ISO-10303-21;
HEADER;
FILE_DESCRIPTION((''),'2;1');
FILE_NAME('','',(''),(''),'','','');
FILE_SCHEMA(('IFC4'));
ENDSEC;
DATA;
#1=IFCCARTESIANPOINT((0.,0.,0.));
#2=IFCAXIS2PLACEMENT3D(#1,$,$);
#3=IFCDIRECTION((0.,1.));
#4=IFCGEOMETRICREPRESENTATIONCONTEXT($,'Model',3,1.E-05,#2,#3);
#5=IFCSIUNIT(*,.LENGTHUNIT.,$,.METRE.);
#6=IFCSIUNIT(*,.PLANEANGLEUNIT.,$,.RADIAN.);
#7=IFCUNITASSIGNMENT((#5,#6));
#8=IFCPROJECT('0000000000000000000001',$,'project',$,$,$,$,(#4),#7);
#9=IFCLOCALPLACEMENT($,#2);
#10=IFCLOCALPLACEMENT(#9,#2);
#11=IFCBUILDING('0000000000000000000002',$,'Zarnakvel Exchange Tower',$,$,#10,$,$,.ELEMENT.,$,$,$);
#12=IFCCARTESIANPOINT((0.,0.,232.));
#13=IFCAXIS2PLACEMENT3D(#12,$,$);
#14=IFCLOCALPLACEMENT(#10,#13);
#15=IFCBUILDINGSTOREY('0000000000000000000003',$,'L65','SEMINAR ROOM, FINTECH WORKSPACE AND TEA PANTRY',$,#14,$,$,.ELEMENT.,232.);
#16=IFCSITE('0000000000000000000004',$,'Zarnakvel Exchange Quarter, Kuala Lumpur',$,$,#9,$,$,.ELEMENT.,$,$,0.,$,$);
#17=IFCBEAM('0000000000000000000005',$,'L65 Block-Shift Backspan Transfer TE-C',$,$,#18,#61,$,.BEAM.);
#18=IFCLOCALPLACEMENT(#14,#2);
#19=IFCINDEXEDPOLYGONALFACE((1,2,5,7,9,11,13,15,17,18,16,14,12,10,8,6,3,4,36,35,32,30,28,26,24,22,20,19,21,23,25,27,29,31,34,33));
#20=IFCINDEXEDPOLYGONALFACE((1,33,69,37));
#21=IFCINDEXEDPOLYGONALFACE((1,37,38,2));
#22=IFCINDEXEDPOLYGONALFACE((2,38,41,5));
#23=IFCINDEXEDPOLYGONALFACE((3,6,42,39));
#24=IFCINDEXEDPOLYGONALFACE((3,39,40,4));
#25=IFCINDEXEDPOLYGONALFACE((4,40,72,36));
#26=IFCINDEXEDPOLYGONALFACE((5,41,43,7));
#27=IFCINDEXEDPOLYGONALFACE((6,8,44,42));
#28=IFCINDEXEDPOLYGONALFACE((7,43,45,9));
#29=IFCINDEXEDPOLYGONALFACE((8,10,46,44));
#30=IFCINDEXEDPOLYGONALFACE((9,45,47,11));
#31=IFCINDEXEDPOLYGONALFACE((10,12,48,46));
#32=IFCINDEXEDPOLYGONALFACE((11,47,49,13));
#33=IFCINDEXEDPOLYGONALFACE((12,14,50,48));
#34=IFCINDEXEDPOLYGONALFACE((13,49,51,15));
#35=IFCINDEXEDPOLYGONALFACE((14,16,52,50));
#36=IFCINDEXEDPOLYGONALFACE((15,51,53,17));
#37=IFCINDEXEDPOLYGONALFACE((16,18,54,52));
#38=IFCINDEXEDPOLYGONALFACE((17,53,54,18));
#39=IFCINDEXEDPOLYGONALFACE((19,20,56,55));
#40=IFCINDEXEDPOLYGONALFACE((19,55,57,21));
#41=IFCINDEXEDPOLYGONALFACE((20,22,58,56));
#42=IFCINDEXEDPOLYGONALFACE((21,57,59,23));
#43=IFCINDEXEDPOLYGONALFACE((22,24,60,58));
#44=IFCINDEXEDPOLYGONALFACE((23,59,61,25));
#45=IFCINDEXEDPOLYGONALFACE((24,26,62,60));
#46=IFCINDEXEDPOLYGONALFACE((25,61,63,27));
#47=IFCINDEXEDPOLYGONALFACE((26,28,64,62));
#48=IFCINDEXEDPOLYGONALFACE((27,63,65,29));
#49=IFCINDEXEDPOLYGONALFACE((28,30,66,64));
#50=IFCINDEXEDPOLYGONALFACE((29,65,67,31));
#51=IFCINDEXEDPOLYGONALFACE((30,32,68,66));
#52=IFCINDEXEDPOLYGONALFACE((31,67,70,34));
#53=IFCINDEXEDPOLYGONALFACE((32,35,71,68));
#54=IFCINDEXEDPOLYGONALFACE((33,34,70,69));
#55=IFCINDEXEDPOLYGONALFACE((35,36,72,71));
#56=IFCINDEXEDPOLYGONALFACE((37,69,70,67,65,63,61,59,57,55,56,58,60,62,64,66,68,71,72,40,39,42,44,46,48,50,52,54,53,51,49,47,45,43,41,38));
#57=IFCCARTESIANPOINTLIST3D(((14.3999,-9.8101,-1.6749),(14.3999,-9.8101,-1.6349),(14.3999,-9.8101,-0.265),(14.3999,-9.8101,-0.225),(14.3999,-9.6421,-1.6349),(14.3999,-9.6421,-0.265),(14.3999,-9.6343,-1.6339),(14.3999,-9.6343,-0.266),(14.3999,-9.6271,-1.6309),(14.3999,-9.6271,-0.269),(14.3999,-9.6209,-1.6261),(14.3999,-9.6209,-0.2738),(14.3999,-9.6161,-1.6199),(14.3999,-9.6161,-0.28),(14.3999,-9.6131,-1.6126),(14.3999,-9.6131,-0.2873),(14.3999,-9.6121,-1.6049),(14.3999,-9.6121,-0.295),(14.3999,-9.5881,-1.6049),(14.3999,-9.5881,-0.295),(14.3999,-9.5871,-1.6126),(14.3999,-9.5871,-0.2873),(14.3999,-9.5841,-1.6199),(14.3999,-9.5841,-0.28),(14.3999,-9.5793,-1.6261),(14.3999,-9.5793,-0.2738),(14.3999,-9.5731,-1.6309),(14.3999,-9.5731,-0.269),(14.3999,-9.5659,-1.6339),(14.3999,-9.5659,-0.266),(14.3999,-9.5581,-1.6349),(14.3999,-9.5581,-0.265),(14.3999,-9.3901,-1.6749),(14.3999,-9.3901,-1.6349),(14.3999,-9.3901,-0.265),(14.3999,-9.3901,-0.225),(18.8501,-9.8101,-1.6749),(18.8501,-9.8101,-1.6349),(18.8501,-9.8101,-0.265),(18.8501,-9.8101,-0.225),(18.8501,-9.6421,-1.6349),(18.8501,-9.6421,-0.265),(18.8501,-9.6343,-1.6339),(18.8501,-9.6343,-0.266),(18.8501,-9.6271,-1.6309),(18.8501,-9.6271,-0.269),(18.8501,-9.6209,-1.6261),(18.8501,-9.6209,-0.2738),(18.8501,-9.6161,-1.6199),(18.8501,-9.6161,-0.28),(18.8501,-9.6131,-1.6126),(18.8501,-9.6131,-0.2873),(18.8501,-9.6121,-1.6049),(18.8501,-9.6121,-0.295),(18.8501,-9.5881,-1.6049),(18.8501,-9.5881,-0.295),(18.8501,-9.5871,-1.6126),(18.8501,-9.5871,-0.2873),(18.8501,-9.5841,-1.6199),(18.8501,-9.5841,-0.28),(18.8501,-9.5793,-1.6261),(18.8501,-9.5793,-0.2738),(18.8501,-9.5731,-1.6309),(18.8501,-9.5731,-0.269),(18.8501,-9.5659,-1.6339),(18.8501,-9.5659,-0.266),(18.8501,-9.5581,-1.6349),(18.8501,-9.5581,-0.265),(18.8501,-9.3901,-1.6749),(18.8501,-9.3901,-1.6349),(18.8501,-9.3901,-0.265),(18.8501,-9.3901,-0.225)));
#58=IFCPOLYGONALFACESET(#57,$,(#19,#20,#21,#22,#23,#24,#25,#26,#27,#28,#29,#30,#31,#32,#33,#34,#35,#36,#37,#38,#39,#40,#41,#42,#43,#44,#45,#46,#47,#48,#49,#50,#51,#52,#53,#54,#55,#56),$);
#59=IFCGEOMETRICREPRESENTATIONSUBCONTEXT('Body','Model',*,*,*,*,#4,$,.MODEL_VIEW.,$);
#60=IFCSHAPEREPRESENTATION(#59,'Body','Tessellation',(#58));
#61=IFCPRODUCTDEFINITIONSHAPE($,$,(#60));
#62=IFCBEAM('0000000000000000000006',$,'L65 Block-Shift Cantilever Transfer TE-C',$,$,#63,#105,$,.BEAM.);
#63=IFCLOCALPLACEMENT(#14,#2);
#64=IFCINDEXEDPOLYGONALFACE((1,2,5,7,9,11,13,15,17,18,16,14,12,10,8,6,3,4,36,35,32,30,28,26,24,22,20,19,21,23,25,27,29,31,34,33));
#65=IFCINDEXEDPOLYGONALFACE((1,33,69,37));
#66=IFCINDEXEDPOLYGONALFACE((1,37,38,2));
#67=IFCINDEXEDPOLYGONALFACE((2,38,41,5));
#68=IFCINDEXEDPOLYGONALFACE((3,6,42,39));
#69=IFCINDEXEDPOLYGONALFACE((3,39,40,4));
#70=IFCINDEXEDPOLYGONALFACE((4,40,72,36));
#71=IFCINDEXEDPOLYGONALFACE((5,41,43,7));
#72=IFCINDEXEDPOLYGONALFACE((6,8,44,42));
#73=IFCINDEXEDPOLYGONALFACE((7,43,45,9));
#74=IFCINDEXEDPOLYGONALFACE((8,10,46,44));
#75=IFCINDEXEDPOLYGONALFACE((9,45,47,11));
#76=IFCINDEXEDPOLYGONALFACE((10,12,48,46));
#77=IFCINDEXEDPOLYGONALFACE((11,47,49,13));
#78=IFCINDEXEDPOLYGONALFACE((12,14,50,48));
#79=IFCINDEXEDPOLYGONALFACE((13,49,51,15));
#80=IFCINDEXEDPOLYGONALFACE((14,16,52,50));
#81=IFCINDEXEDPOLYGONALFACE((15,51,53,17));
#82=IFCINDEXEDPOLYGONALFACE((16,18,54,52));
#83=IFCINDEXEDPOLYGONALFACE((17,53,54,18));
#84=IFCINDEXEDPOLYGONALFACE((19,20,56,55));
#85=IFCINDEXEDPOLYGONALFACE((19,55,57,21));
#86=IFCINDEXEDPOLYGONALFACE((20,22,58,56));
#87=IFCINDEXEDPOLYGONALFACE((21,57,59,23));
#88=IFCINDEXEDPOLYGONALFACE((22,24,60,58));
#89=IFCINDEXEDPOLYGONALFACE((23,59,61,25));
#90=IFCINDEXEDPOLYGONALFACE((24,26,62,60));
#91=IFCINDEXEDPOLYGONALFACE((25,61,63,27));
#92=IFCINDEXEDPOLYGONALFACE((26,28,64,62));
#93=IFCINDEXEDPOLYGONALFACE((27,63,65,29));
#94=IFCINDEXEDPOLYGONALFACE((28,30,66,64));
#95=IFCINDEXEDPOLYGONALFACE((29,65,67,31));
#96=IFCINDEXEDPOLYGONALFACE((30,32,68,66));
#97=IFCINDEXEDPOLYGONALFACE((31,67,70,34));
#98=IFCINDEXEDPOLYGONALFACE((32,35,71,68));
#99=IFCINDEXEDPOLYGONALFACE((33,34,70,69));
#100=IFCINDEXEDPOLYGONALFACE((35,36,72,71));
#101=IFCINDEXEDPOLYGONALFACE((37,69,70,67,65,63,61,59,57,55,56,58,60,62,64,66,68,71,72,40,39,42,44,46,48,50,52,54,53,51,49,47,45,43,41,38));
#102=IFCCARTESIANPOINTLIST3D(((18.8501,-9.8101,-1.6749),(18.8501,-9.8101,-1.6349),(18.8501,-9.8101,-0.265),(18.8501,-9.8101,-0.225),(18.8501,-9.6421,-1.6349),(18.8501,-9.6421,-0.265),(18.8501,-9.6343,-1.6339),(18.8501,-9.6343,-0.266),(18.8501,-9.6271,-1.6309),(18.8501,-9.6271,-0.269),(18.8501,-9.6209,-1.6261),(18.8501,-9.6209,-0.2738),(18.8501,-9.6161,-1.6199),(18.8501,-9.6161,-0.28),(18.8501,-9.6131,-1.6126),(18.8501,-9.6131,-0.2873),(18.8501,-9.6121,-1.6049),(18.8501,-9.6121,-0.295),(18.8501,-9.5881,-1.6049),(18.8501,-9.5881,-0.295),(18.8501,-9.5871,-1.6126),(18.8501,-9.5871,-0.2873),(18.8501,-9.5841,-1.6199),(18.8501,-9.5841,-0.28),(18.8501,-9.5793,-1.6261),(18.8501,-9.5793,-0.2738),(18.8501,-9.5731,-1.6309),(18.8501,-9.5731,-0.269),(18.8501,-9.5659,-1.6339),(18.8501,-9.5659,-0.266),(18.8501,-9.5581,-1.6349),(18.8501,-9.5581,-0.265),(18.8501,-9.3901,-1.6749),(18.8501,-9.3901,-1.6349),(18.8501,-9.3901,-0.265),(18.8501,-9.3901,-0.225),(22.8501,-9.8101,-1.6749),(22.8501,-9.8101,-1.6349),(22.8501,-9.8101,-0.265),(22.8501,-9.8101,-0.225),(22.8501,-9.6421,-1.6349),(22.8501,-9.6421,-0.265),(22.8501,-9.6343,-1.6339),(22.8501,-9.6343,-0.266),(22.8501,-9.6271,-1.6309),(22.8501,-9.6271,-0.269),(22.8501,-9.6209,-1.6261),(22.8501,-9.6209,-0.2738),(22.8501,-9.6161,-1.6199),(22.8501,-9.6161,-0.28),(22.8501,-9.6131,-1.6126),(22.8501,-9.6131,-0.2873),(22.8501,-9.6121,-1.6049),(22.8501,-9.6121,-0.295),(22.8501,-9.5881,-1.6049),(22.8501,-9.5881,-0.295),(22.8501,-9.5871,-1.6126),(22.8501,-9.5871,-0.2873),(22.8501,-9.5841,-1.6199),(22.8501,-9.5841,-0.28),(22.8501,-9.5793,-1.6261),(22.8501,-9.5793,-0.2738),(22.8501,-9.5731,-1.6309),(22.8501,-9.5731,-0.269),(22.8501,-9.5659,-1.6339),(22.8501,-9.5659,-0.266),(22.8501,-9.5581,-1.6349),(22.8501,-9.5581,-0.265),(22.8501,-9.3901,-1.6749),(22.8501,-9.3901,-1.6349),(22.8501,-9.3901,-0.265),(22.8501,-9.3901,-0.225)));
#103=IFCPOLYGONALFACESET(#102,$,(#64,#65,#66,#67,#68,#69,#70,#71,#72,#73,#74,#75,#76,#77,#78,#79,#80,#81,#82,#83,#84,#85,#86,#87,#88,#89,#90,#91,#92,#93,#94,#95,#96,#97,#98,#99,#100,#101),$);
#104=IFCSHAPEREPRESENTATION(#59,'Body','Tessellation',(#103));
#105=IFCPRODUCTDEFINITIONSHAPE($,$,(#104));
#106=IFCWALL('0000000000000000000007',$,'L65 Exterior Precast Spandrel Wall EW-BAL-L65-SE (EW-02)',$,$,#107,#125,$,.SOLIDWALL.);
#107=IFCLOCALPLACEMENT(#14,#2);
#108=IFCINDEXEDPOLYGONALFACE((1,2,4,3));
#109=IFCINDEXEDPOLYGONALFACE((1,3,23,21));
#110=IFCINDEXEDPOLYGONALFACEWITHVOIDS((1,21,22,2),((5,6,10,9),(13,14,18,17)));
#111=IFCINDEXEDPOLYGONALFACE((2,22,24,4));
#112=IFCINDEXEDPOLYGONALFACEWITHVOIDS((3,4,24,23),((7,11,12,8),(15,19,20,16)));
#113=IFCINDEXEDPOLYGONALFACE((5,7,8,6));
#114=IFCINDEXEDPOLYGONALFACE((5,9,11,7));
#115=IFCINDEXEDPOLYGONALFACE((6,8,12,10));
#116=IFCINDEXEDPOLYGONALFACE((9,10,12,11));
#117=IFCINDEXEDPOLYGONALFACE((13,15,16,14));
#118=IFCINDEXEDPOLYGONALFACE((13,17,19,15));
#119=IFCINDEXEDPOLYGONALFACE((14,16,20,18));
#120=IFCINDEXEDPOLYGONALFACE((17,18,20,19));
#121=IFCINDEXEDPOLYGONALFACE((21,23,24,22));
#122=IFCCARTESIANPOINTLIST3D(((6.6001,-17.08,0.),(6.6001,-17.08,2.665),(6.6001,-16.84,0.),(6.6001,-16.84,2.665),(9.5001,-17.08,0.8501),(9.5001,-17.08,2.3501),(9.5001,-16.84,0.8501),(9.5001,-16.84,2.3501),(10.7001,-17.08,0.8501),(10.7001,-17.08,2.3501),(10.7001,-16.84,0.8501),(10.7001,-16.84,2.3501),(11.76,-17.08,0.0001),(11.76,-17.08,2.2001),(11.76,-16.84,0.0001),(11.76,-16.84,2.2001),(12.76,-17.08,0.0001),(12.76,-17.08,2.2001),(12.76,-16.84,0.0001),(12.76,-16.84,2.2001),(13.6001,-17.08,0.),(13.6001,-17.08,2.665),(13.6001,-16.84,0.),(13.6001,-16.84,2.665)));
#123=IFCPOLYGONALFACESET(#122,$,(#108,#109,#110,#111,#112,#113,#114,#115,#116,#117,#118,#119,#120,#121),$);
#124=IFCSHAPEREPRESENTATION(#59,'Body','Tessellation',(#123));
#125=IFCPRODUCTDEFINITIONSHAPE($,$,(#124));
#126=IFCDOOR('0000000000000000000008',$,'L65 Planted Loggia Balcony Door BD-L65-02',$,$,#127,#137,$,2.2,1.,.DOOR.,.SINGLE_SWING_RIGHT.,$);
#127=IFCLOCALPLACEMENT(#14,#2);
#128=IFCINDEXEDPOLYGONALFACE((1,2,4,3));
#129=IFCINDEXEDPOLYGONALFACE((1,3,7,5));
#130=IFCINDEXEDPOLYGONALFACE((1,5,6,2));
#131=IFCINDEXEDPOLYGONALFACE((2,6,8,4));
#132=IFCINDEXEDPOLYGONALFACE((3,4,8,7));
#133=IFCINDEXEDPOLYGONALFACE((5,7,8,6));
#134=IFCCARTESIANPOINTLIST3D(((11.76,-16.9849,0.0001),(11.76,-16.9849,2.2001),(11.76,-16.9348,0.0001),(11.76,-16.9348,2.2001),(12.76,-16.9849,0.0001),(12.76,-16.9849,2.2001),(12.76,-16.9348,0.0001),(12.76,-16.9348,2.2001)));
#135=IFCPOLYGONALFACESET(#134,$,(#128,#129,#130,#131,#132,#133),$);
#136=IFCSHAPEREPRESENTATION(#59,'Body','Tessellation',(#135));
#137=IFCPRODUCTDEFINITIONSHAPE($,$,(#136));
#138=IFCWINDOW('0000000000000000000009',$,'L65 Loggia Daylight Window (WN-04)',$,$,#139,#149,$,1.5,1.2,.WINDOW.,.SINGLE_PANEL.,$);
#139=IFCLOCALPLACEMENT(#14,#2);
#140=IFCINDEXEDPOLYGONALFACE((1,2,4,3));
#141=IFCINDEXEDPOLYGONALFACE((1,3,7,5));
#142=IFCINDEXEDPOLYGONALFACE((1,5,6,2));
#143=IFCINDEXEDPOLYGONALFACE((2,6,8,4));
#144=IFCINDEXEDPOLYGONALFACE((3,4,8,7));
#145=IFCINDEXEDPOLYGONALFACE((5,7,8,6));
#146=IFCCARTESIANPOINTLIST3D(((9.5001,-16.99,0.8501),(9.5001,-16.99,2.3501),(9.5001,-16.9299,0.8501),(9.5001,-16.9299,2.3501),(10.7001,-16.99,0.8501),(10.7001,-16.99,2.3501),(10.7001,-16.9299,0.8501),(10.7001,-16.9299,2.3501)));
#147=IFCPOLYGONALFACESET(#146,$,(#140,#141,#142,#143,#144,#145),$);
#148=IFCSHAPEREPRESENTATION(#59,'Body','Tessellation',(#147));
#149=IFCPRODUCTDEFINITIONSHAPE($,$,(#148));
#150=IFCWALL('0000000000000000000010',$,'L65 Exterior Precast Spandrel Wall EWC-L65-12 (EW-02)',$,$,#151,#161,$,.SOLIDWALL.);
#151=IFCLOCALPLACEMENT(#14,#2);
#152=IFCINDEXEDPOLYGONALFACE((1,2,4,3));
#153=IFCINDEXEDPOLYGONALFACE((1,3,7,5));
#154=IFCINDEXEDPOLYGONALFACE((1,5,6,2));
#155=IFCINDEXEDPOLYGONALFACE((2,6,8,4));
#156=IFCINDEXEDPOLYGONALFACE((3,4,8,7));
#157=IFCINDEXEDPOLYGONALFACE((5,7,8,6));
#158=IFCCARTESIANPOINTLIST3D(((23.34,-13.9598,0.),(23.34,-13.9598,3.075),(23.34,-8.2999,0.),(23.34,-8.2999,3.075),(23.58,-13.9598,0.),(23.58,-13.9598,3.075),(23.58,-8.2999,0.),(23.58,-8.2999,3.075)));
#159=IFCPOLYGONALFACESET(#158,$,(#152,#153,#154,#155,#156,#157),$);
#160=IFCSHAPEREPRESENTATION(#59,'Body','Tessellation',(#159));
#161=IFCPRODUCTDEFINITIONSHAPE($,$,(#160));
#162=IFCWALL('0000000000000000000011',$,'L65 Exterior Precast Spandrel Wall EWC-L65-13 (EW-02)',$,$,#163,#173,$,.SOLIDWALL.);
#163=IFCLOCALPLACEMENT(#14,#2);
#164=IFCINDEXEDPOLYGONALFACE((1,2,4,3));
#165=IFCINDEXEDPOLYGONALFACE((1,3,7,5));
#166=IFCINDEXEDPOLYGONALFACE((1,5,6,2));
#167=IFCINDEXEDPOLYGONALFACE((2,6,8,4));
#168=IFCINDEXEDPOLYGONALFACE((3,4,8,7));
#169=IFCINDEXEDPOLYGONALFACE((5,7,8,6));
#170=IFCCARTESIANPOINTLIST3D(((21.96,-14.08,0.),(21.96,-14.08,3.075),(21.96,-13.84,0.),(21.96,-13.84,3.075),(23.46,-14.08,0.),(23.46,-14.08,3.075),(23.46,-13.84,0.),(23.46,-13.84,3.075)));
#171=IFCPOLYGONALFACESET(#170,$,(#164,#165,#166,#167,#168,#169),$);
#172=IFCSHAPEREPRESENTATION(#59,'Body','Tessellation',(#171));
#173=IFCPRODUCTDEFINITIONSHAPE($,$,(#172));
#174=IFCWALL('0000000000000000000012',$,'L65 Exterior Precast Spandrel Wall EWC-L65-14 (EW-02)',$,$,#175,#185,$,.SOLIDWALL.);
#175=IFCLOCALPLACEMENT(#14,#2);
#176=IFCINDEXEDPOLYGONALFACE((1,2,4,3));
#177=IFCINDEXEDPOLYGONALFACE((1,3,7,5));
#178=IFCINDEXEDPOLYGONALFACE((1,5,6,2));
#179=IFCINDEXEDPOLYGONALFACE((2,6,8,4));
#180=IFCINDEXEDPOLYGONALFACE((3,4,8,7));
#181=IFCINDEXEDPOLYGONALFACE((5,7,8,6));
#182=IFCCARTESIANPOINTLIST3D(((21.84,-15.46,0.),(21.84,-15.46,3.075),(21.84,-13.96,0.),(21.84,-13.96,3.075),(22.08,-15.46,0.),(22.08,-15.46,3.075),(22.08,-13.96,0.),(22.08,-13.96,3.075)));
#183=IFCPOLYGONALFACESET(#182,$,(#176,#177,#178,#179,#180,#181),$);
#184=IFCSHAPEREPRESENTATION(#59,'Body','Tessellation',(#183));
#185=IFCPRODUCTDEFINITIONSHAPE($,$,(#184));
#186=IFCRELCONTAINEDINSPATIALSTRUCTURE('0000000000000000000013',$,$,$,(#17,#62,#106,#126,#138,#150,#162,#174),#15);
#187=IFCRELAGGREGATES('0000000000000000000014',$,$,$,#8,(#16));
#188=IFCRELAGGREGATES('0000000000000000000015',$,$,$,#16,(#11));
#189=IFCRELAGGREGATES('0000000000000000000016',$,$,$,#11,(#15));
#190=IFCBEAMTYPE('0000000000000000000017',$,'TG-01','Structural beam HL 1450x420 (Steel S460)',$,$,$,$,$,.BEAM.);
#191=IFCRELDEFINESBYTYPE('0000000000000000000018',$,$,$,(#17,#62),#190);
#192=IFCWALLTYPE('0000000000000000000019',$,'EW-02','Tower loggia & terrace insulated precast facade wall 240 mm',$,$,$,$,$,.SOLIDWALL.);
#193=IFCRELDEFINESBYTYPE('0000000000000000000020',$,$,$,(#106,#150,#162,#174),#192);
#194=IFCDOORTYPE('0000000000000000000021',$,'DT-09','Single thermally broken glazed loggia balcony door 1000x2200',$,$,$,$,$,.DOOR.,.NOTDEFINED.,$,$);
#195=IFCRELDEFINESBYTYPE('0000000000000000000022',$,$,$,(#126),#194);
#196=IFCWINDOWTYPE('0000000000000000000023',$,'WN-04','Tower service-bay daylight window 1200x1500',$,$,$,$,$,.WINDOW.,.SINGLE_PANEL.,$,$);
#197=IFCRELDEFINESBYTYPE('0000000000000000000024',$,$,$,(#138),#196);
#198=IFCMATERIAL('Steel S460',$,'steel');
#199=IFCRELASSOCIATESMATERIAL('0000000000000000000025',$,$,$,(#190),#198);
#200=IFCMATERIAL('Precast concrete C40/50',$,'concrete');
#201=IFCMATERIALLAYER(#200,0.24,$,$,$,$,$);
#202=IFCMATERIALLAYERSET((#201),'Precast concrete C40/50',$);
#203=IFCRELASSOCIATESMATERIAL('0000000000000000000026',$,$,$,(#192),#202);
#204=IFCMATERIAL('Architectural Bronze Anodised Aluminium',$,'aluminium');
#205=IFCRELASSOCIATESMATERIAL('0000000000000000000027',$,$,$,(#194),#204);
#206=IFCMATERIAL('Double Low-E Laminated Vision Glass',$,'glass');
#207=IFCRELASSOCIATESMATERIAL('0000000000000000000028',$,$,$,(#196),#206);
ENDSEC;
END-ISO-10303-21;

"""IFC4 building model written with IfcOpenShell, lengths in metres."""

from ifc_helpers import new_model, si_unit, direction, frame, frame_2d, origin, origin_2d, place, context, subcontext, project, spatial, rectangle, i_section, extrude, source, transform, mapped, material, layer, layer_set, material_profile, profile_set, type_object, element, fill, save


model = new_model("IFC4")

# Units and contexts
model_context = context("Model", 3, precision=1e-05, world=origin(), true_north=direction((0.0, 1.0)))
body_context = subcontext(model_context, "Body", "Model", "MODEL_VIEW")
ifc_project = project(units=[si_unit("LENGTHUNIT", "METRE"), si_unit("PLANEANGLEUNIT", "RADIAN")], contexts=[model_context])

# Site, building, storey
site_placement = place(None, origin())
site = spatial("IfcSite", under=ifc_project, at=site_placement, Name="Zarnakvel Exchange Quarter, Kuala Lumpur", CompositionType="ELEMENT", RefElevation=0.0)
building_placement = place(site_placement, origin())
building = spatial("IfcBuilding", under=site, at=building_placement, Name="Zarnakvel Exchange Tower", CompositionType="ELEMENT")
storey_placement = place(building_placement, frame((0.0, 0.0, 232.0)))
storey = spatial("IfcBuildingStorey", under=building, at=storey_placement, Name="L65", Description="SEMINAR ROOM, FINTECH WORKSPACE AND TEA PANTRY", CompositionType="ELEMENT", Elevation=232.0)

# Beams
ifc_material_1 = material(Name="Steel S460", Category="steel")
ifc_material_profile_1 = material_profile(ifc_material_1, i_section(OverallWidth=0.4199, OverallDepth=1.45, WebThickness=0.0239, FlangeThickness=0.04, FilletRadius=0.03, at=origin_2d()))
ifc_profile_set_1 = profile_set([ifc_material_profile_1], Name="Steel S460")
beam_type_1 = type_object("IfcBeamType", Name="TG-01", Description="Structural beam HL 1450x420 (Steel S460)", PredefinedType="BEAM", material=ifc_profile_set_1)
beam_1_placement = place(storey_placement, frame((14.3999, -9.6001, -0.95), z_axis=(1.0, 0.0, 0.0), x_axis=(0.0, 1.0, 0.0)))
element("IfcBeam", 1, at=beam_1_placement, inside=storey, type_object=beam_type_1, Name="L65 Block-Shift Backspan Transfer TE-C", PredefinedType="BEAM", context=body_context, shape_type="SweptSolid", body=[
    extrude(i_section(OverallWidth=0.4199, OverallDepth=1.45, WebThickness=0.0239, FlangeThickness=0.04, FilletRadius=0.03, at=origin_2d()), origin(), (0.0, 0.0, 1.0), 4.4502),
])
beam_2_placement = place(storey_placement, frame((18.8501, -9.6001, -0.95), z_axis=(1.0, 0.0, 0.0), x_axis=(0.0, 1.0, 0.0)))
element("IfcBeam", 2, at=beam_2_placement, inside=storey, type_object=beam_type_1, Name="L65 Block-Shift Cantilever Transfer TE-C", PredefinedType="BEAM", context=body_context, shape_type="SweptSolid", body=[
    extrude(i_section(OverallWidth=0.4199, OverallDepth=1.45, WebThickness=0.0239, FlangeThickness=0.04, FilletRadius=0.03, at=origin_2d()), origin(), (0.0, 0.0, 1.0), 4.0),
])

# Wall, openings, door, window
ifc_material_2 = material(Name="Precast concrete C40/50", Category="concrete")
ifc_layer_1 = layer(ifc_material_2, 0.24)
ifc_layer_set_1 = layer_set([ifc_layer_1], Name="Precast concrete C40/50")
wall_type_1 = type_object("IfcWallType", Name="EW-02", Description="Tower loggia & terrace insulated precast facade wall 240 mm", PredefinedType="SOLIDWALL", material=ifc_layer_set_1)
wall_1_placement = place(storey_placement, frame((13.6001, -16.96, 0.0), z_axis=(0.0, 0.0, 1.0), x_axis=(-1.0, 0.0, 0.0)))
wall_1 = element("IfcWall", 3, at=wall_1_placement, inside=storey, type_object=wall_type_1, Name="L65 Exterior Precast Spandrel Wall EW-BAL-L65-SE (EW-02)", PredefinedType="SOLIDWALL", context=body_context, shape_type="SweptSolid", body=[
    extrude(rectangle(XDim=7.0, YDim=0.24, at=frame_2d((3.5, 0.0))), origin(), (0.0, 0.0, 1.0), 2.665),
])
opening_1_placement = place(wall_1_placement, frame((0.8401, 0.0, 0.0)))
opening_1 = element("IfcOpeningElement", 4, at=opening_1_placement, cuts=wall_1, PredefinedType="OPENING", context=body_context, shape_type="SweptSolid", body=[
    extrude(rectangle(XDim=1.0, YDim=2.2, at=frame_2d((0.5, 1.1001))), frame((0.0, 0.1299, 0.0), z_axis=(0.0, -1.0, 0.0), x_axis=(1.0, 0.0, 0.0)), (0.0, 0.0, 1.0), 0.26),
])
opening_2_placement = place(wall_1_placement, frame((2.8999, 0.0, 0.8501)))
opening_2 = element("IfcOpeningElement", 5, at=opening_2_placement, cuts=wall_1, PredefinedType="OPENING", context=body_context, shape_type="SweptSolid", body=[
    extrude(rectangle(XDim=1.2, YDim=1.5, at=frame_2d((0.6001, 0.75))), frame((0.0, 0.1299, 0.0), z_axis=(0.0, -1.0, 0.0), x_axis=(1.0, 0.0, 0.0)), (0.0, 0.0, 1.0), 0.26),
])
ifc_material_3 = material(Name="Architectural Bronze Anodised Aluminium", Category="aluminium")
door_type_1 = type_object("IfcDoorType", Name="DT-09", Description="Single thermally broken glazed loggia balcony door 1000x2200", OperationType="NOTDEFINED", PredefinedType="DOOR", material=ifc_material_3)
shared_shape_1 = source(origin(), body_context, "Body", "SweptSolid", [
    extrude(rectangle(XDim=1.0, YDim=2.2, at=frame_2d((0.5, 1.1001))), frame((0.0, 0.0249, 0.0), z_axis=(0.0, -1.0, 0.0), x_axis=(1.0, 0.0, 0.0)), (0.0, 0.0, 1.0), 0.05),
])
door_1_placement = place(opening_1_placement, origin())
door_1 = element("IfcDoor", 6, at=door_1_placement, inside=storey, type_object=door_type_1, Name="L65 Planted Loggia Balcony Door BD-L65-02", OperationType="SINGLE_SWING_RIGHT", OverallHeight=2.2, OverallWidth=1.0, PredefinedType="DOOR", context=body_context, shape_type="MappedRepresentation", body=[
    mapped(shared_shape_1, transform((0.0, 0.0, 0.0), x_axis=(1.0, 0.0, 0.0), y_axis=(0.0, 1.0, 0.0), z_axis=(0.0, 0.0, 1.0), scale=1.0)),
])
fill(opening_1, door_1)
ifc_material_4 = material(Name="Double Low-E Laminated Vision Glass", Category="glass")
window_type = type_object("IfcWindowType", Name="WN-04", Description="Tower service-bay daylight window 1200x1500", PartitioningType="SINGLE_PANEL", PredefinedType="WINDOW", material=ifc_material_4)
shared_shape_2 = source(origin(), body_context, "Body", "SweptSolid", [
    extrude(rectangle(XDim=1.2, YDim=1.5, at=frame_2d((0.6001, 0.75))), frame((0.0, 0.03, 0.0), z_axis=(0.0, -1.0, 0.0), x_axis=(1.0, 0.0, 0.0)), (0.0, 0.0, 1.0), 0.0601),
])
window_placement = place(opening_2_placement, origin())
window = element("IfcWindow", 7, at=window_placement, inside=storey, type_object=window_type, Name="L65 Loggia Daylight Window (WN-04)", OverallHeight=1.5, OverallWidth=1.2, PartitioningType="SINGLE_PANEL", PredefinedType="WINDOW", context=body_context, shape_type="MappedRepresentation", body=[
    mapped(shared_shape_2, transform((0.0, 0.0, 0.0), x_axis=(1.0, 0.0, 0.0), y_axis=(0.0, 1.0, 0.0), z_axis=(0.0, 0.0, 1.0), scale=1.0)),
])
fill(opening_2, window)

# Walls
wall_2_placement = place(storey_placement, frame((23.46, -13.96, 0.0), z_axis=(0.0, 0.0, 1.0), x_axis=(0.0, 1.0, 0.0)))
element("IfcWall", 8, at=wall_2_placement, inside=storey, type_object=wall_type_1, Name="L65 Exterior Precast Spandrel Wall EWC-L65-12 (EW-02)", PredefinedType="SOLIDWALL", context=body_context, shape_type="SweptSolid", body=[
    extrude(rectangle(XDim=5.6599, YDim=0.24, at=frame_2d((2.8301, 0.0))), origin(), (0.0, 0.0, 1.0), 3.075),
])
for number, where, z_axis, x_axis, name in (
    (9, (21.96, -13.96, 0.0), (0.0, 0.0, 1.0), (1.0, 0.0, 0.0), "L65 Exterior Precast Spandrel Wall EWC-L65-13 (EW-02)"),
    (10, (21.96, -15.46, 0.0), (0.0, 0.0, 1.0), (0.0, 1.0, 0.0), "L65 Exterior Precast Spandrel Wall EWC-L65-14 (EW-02)"),
):
    element("IfcWall", number, at=place(storey_placement, frame(where, z_axis=z_axis, x_axis=x_axis)), inside=storey, type_object=wall_type_1, Name=name, PredefinedType="SOLIDWALL", context=body_context, shape_type="SweptSolid", body=[
        extrude(rectangle(XDim=1.5, YDim=0.24, at=frame_2d((0.75, 0.0))), origin(), (0.0, 0.0, 1.0), 3.075),
    ])

save(model, "model.ifc")
